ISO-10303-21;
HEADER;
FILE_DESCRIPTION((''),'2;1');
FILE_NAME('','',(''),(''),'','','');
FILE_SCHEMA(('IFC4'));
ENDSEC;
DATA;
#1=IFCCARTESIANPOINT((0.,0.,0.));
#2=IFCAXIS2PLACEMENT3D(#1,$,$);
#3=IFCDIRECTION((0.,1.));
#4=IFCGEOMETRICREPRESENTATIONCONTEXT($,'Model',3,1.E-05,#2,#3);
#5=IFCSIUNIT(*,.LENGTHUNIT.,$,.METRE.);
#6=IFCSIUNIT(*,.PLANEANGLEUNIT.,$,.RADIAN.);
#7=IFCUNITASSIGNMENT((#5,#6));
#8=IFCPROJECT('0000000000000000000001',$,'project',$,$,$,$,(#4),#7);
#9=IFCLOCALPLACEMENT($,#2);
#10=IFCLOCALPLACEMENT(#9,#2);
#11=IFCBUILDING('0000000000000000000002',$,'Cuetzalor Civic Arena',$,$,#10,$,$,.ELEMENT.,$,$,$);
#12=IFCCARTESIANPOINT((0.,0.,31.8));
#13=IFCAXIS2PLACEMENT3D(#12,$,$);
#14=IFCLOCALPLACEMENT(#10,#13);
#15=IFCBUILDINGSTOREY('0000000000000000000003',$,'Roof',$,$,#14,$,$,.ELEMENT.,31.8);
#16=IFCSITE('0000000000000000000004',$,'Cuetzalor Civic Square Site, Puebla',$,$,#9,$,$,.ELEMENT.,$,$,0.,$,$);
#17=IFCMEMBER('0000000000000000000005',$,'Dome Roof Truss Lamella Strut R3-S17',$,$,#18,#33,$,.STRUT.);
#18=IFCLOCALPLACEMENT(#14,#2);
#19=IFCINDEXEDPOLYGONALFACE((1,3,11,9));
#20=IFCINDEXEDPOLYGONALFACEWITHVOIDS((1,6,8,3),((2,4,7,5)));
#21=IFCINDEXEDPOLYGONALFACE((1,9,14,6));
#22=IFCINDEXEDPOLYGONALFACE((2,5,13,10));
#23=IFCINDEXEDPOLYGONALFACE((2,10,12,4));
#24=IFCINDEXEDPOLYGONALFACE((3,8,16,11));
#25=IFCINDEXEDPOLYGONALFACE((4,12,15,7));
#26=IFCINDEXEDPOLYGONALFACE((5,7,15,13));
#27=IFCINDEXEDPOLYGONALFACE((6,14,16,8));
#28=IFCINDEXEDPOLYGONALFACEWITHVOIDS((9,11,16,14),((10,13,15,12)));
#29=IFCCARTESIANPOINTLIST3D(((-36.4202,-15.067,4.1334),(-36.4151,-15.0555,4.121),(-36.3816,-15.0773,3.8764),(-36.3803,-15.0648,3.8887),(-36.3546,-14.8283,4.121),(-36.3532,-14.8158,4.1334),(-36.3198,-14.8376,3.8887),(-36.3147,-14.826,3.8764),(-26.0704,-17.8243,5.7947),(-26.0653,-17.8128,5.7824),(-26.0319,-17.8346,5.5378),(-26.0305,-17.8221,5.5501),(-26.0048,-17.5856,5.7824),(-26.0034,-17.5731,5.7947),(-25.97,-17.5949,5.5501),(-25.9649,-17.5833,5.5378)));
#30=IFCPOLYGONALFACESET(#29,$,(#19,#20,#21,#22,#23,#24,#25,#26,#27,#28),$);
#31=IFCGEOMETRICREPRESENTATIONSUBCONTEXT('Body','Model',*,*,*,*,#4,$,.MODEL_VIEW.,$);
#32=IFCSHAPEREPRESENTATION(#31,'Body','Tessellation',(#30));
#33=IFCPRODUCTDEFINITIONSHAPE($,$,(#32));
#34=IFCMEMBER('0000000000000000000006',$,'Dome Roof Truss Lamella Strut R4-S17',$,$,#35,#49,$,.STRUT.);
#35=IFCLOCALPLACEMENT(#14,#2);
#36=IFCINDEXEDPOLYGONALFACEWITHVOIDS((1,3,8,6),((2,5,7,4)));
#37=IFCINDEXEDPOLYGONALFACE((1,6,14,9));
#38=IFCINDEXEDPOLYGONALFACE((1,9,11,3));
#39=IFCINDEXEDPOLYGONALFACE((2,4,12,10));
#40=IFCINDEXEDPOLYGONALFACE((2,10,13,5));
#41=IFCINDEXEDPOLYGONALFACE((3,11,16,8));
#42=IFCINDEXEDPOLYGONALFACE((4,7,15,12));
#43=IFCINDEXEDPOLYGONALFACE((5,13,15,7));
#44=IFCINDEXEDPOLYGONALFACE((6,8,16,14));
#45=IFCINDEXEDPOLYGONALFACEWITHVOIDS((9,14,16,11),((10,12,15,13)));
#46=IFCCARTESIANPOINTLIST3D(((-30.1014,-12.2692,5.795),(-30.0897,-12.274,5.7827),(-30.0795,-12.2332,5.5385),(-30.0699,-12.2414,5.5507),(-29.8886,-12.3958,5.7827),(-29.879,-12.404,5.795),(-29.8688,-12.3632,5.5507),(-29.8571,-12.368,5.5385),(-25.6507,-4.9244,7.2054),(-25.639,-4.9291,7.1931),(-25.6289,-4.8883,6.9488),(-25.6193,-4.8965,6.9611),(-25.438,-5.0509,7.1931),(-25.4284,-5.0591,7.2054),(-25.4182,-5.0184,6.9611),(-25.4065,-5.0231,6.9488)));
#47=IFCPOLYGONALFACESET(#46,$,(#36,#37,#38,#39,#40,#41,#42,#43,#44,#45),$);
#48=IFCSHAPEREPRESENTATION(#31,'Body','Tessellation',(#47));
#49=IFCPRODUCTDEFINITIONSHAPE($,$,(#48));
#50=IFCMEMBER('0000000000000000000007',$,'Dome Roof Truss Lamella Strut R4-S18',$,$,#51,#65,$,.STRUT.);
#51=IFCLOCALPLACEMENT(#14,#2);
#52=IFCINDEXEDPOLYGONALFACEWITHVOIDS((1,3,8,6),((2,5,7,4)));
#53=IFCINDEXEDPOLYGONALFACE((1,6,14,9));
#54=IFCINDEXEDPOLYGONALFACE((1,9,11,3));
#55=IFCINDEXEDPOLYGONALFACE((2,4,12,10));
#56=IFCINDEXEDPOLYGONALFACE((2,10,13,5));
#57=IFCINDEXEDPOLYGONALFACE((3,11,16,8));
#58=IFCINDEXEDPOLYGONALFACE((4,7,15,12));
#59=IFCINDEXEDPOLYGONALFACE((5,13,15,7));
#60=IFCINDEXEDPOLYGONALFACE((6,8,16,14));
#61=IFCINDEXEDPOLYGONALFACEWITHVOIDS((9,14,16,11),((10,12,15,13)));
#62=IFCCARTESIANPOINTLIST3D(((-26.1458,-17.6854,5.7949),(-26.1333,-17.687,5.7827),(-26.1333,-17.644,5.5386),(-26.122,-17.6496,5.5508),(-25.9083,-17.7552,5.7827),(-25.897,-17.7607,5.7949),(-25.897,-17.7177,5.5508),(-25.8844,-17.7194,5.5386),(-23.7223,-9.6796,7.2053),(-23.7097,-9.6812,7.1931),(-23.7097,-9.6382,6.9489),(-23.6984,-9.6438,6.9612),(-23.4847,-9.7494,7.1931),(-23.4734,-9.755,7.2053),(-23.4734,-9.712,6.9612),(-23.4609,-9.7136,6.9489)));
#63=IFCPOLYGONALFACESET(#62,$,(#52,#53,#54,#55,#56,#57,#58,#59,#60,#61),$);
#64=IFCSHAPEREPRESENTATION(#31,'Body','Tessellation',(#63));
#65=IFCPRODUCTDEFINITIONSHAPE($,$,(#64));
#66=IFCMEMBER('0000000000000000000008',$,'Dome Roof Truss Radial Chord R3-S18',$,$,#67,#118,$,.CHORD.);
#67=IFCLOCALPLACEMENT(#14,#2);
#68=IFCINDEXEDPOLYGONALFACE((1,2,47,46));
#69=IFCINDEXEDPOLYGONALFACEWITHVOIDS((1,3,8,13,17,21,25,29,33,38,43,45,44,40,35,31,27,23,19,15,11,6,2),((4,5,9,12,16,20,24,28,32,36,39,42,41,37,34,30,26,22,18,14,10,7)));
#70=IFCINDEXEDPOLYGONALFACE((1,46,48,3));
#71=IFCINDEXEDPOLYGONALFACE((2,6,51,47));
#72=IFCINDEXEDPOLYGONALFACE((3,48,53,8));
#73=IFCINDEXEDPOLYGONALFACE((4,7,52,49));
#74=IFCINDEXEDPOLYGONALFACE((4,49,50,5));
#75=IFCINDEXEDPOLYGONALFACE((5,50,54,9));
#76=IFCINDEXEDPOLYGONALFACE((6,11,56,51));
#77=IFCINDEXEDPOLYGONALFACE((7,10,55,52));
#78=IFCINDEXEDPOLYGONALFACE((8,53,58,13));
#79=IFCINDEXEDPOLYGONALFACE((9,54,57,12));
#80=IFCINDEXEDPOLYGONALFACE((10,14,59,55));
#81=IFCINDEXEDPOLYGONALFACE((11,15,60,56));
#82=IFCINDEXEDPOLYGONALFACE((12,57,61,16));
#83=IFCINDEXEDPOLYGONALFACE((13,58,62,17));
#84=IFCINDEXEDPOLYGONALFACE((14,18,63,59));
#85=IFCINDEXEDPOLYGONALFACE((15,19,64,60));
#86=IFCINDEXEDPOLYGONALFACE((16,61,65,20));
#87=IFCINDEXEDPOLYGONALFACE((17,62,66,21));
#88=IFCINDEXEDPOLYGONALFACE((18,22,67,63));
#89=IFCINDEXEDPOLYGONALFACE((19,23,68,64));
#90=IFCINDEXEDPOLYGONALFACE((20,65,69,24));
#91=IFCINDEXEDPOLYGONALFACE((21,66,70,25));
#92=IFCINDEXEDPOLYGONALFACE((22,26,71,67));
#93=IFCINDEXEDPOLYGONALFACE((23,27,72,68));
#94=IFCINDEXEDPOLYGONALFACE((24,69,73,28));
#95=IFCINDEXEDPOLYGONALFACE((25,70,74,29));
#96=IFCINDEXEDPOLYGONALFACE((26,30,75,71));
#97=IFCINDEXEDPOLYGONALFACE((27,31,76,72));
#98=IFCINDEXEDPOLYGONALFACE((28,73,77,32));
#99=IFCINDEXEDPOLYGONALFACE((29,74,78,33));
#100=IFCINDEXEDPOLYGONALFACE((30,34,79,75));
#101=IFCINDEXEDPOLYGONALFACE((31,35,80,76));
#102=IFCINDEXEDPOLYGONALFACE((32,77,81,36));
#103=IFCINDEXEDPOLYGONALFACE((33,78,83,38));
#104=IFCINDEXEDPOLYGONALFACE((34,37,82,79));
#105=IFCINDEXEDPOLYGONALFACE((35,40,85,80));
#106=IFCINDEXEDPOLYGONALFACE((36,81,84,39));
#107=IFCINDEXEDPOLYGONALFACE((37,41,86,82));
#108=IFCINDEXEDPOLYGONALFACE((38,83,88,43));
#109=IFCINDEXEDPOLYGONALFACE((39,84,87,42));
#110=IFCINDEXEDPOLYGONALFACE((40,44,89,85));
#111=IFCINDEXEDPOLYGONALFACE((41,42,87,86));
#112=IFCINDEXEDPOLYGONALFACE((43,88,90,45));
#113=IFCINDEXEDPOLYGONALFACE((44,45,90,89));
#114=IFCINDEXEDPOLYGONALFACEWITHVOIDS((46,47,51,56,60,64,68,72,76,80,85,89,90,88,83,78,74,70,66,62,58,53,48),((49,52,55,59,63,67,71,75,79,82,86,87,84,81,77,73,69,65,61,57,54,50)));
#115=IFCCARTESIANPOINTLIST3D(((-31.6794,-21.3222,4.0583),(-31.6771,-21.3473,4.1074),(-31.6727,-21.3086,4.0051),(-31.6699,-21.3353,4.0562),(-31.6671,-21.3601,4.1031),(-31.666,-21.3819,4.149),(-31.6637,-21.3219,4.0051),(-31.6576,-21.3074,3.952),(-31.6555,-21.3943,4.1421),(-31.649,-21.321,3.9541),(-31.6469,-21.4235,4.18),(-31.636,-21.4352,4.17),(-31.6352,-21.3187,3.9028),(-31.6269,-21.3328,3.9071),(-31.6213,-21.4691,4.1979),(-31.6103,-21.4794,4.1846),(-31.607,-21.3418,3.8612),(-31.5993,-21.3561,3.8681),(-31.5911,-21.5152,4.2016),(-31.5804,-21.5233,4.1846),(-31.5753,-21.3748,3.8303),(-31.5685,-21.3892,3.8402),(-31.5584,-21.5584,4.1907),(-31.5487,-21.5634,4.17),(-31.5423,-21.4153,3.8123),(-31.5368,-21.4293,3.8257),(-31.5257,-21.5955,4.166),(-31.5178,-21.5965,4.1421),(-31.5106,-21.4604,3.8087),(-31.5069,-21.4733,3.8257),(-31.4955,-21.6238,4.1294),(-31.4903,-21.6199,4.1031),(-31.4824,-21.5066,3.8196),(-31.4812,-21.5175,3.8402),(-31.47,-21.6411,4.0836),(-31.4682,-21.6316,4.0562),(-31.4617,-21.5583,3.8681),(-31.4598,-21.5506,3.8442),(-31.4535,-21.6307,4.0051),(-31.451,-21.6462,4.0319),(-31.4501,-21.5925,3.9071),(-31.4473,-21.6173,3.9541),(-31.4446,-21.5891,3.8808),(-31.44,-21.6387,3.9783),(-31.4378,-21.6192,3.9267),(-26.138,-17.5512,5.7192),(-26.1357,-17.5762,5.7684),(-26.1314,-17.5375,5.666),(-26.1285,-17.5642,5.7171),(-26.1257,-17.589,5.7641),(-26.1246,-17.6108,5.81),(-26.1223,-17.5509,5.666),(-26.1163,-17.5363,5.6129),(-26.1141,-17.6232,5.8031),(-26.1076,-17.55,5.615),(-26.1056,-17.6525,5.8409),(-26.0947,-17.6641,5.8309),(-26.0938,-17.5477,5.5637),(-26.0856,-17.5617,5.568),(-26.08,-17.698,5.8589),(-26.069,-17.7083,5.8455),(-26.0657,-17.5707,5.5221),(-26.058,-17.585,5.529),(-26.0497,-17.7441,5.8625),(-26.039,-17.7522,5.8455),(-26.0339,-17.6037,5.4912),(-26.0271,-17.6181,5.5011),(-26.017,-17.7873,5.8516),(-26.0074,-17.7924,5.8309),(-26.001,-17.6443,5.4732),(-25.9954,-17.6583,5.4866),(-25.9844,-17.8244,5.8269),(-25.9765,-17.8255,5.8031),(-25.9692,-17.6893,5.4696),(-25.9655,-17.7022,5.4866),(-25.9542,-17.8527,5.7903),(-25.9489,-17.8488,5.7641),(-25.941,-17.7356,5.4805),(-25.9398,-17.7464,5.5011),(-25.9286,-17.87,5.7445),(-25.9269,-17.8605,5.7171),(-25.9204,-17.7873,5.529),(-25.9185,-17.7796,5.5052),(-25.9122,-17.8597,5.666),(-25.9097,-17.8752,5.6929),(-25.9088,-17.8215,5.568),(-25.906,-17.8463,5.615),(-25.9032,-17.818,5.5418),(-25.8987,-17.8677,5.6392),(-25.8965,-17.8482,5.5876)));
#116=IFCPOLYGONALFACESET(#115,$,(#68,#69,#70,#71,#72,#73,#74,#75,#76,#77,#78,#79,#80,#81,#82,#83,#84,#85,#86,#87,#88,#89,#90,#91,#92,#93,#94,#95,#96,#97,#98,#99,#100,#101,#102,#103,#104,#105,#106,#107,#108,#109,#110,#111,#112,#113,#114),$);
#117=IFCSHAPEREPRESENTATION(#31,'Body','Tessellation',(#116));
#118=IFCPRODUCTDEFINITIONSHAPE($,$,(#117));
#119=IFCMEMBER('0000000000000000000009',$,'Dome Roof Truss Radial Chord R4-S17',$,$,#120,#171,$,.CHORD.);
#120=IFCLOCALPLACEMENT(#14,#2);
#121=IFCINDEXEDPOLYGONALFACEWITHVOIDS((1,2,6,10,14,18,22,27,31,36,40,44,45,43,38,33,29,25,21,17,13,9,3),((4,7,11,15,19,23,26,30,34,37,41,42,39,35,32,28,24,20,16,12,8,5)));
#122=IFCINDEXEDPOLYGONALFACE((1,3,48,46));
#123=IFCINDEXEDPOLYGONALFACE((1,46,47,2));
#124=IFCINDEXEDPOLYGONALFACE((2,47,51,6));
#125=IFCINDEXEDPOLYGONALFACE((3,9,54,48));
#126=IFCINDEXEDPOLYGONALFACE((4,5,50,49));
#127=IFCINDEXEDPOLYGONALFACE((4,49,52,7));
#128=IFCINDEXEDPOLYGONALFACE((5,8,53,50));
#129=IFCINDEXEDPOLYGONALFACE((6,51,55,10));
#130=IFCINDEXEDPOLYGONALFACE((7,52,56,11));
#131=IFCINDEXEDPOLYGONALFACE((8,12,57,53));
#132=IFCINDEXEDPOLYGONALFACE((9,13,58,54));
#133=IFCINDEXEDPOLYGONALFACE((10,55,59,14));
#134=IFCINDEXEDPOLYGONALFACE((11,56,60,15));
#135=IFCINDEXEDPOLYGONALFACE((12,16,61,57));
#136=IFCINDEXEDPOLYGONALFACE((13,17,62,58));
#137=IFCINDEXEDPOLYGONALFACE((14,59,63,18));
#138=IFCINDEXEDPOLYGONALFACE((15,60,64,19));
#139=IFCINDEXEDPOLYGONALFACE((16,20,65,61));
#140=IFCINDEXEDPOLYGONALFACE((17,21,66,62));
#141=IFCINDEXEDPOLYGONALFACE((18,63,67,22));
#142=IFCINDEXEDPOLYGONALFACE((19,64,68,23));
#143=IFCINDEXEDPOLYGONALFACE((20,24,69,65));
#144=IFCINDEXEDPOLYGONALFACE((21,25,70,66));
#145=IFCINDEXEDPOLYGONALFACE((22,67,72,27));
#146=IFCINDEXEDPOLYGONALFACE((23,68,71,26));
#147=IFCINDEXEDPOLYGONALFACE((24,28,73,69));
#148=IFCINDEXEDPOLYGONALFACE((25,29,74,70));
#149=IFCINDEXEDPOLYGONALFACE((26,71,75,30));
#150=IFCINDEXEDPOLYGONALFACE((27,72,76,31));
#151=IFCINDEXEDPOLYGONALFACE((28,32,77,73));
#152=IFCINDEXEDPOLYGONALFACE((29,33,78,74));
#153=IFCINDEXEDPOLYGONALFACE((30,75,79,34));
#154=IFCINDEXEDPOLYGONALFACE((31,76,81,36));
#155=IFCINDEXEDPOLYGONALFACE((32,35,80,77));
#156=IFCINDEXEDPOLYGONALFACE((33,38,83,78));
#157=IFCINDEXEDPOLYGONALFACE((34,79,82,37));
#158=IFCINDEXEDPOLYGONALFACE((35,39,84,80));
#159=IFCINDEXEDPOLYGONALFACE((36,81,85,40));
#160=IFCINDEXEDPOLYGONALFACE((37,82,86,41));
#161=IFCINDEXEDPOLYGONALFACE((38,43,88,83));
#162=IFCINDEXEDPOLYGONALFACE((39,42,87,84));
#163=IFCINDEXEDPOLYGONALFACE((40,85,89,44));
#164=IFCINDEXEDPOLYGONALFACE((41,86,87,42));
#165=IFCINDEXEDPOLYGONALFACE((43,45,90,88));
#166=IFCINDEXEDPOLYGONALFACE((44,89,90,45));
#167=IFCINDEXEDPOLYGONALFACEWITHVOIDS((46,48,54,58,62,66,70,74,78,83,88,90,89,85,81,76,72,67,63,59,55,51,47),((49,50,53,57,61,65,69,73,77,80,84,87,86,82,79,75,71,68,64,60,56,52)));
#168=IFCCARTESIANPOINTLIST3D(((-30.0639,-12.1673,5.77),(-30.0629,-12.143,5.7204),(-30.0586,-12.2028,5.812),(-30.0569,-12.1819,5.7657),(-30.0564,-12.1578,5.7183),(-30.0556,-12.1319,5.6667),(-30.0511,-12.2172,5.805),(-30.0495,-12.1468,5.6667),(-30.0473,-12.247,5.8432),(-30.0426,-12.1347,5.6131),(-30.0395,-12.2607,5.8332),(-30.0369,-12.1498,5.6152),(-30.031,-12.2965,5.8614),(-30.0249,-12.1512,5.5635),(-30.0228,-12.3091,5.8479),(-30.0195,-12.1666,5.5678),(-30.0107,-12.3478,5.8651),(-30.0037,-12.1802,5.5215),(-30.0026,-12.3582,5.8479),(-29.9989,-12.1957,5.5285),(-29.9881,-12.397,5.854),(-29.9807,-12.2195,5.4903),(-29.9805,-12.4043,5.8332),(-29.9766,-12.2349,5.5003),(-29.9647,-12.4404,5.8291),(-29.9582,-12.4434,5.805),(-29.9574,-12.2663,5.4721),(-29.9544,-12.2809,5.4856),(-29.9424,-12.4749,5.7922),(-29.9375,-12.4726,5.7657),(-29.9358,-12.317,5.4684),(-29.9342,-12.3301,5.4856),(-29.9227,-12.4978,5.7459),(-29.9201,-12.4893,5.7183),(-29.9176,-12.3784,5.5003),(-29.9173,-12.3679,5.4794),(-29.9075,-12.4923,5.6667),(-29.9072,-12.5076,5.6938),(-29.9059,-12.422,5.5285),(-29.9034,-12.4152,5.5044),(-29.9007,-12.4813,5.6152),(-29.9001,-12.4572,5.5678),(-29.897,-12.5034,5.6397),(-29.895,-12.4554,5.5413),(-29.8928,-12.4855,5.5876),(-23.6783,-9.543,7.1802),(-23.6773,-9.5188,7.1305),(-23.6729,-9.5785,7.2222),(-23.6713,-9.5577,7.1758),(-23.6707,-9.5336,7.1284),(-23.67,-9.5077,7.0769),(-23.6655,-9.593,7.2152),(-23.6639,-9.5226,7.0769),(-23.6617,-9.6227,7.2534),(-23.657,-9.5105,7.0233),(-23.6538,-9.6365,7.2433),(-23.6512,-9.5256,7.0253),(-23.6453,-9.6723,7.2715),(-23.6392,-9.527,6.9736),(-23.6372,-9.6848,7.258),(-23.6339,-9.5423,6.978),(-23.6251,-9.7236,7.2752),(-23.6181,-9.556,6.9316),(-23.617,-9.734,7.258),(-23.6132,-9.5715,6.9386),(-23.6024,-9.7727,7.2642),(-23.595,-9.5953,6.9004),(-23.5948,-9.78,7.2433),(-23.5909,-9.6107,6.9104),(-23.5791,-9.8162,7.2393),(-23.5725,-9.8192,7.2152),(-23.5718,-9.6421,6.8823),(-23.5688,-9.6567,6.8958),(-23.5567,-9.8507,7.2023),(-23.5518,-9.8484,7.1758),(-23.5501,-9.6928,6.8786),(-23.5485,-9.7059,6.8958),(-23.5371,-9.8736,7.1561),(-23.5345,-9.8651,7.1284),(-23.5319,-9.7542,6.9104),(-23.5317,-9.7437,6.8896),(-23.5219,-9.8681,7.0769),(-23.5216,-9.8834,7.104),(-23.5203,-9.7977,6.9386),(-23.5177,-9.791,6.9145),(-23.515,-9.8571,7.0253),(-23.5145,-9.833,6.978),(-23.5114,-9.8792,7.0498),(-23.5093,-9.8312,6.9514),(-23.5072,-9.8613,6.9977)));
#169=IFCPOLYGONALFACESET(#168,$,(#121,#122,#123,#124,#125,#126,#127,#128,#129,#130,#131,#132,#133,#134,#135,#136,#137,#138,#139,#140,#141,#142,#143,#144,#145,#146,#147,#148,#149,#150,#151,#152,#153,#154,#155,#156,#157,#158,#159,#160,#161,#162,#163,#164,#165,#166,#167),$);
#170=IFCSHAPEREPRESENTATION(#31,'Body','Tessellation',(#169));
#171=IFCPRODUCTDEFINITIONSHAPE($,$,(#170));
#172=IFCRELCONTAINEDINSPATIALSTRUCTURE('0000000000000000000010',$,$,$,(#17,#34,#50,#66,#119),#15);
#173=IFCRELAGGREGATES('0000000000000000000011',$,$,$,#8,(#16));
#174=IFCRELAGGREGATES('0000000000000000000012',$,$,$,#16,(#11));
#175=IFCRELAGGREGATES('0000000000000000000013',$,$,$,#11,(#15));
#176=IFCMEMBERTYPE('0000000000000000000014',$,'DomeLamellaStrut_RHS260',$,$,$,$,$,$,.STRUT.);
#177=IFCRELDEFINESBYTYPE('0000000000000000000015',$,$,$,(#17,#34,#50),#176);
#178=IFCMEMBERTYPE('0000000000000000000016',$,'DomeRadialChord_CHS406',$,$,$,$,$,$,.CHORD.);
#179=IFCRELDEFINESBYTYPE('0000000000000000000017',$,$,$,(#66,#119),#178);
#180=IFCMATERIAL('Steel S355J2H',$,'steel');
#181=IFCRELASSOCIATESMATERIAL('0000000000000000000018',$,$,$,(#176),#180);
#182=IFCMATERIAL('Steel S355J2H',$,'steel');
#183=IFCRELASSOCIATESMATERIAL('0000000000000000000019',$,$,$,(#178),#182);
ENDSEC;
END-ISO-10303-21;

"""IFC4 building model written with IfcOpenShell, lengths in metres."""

from ifc_helpers import new_model, si_unit, direction, frame, origin, origin_2d, place, context, subcontext, project, spatial, hollow_rectangle, hollow_circle, extrude, material, material_profile, profile_set, type_object, element, save


model = new_model("IFC4")

# Units and contexts
model_context = context("Model", 3, precision=1e-05, world=origin(), true_north=direction((0.0, 1.0)))
body_context = subcontext(model_context, "Body", "Model", "MODEL_VIEW")
ifc_project = project(units=[si_unit("LENGTHUNIT", "METRE"), si_unit("PLANEANGLEUNIT", "RADIAN")], contexts=[model_context])

# Site, building, storey
site_placement = place(None, origin())
site = spatial("IfcSite", under=ifc_project, at=site_placement, Name="Cuetzalor Civic Square Site, Puebla", CompositionType="ELEMENT", RefElevation=0.0)
building_placement = place(site_placement, origin())
building = spatial("IfcBuilding", under=site, at=building_placement, Name="Cuetzalor Civic Arena", CompositionType="ELEMENT")
storey_placement = place(building_placement, frame((0.0, 0.0, 31.8)))
storey = spatial("IfcBuildingStorey", under=building, at=storey_placement, Name="Roof", CompositionType="ELEMENT", Elevation=31.8)

# Members
ifc_material_1 = material(Name="Steel S355J2H", Category="steel")
ifc_material_profile_1 = material_profile(ifc_material_1, hollow_rectangle(XDim=0.26, YDim=0.26, WallThickness=0.0125, at=origin_2d()), Name="RHS 260x260x12.5")
ifc_profile_set_1 = profile_set([ifc_material_profile_1], Name="Steel S355J2H")
member_type_1 = type_object("IfcMemberType", Name="DomeLamellaStrut_RHS260", PredefinedType="STRUT", material=ifc_profile_set_1)
member_1_placement = place(storey_placement, frame((-36.3674, -14.9465, 4.0049), z_axis=(0.954877, -0.254391, 0.153279), x_axis=(0.257433, 0.966296, 0.0)))
element("IfcMember", 1, at=member_1_placement, inside=storey, type_object=member_type_1, Name="Dome Roof Truss Lamella Strut R3-S17", PredefinedType="STRUT", context=body_context, shape_type="SweptSolid", body=[
    extrude(hollow_rectangle(XDim=0.26, YDim=0.26, WallThickness=0.0125, at=origin_2d()), origin(), (0.0, 0.0, 1.0), 10.8389),
])
member_2_placement = place(storey_placement, frame((-29.9792, -12.3186, 5.6667), z_axis=(0.511382, 0.843935, 0.162055), x_axis=(-0.85524, 0.518232, 0.0)))
element("IfcMember", 2, at=member_2_placement, inside=storey, type_object=member_type_1, Name="Dome Roof Truss Lamella Strut R4-S17", PredefinedType="STRUT", context=body_context, shape_type="SweptSolid", body=[
    extrude(hollow_rectangle(XDim=0.26, YDim=0.26, WallThickness=0.0125, at=origin_2d()), origin(), (0.0, 0.0, 1.0), 8.7031),
])
member_3_placement = place(storey_placement, frame((-26.0151, -17.7024, 5.6667), z_axis=(0.285708, 0.943783, 0.166267), x_axis=(-0.957105, 0.289741, 0.0)))
element("IfcMember", 3, at=member_3_placement, inside=storey, type_object=member_type_1, Name="Dome Roof Truss Lamella Strut R4-S18", PredefinedType="STRUT", context=body_context, shape_type="SweptSolid", body=[
    extrude(hollow_rectangle(XDim=0.26, YDim=0.26, WallThickness=0.0125, at=origin_2d()), origin(), (0.0, 0.0, 1.0), 8.4827),
])
ifc_material_2 = material(Name="Steel S355J2H", Category="steel")
ifc_material_profile_2 = material_profile(ifc_material_2, hollow_circle(Radius=0.2029, WallThickness=0.0161, at=origin_2d()), Name="CHS 406x16")
ifc_profile_set_2 = profile_set([ifc_material_profile_2], Name="Steel S355J2H")
member_type_2 = type_object("IfcMemberType", Name="DomeRadialChord_CHS406", PredefinedType="CHORD", material=ifc_profile_set_2)
member_4_placement = place(storey_placement, frame((-31.5586, -21.4763, 4.0051), z_axis=(0.802453, 0.546094, 0.24052), x_axis=(-0.56261, 0.826723, 0.0)))
element("IfcMember", 4, at=member_4_placement, inside=storey, type_object=member_type_2, Name="Dome Roof Truss Radial Chord R3-S18", PredefinedType="CHORD", context=body_context, shape_type="SweptSolid", body=[
    extrude(hollow_circle(Radius=0.2029, WallThickness=0.0161, at=origin_2d()), origin(), (0.0, 0.0, 1.0), 6.9055),
])
member_5_placement = place(storey_placement, frame((-29.9785, -12.3196, 5.6667), z_axis=(0.90623, 0.372422, 0.200122), x_axis=(-0.380111, 0.924941, 0.0)))
element("IfcMember", 5, at=member_5_placement, inside=storey, type_object=member_type_2, Name="Dome Roof Truss Radial Chord R4-S17", PredefinedType="CHORD", context=body_context, shape_type="SweptSolid", body=[
    extrude(hollow_circle(Radius=0.2029, WallThickness=0.0161, at=origin_2d()), origin(), (0.0, 0.0, 1.0), 7.0464),
])

save(model, "model.ifc")
